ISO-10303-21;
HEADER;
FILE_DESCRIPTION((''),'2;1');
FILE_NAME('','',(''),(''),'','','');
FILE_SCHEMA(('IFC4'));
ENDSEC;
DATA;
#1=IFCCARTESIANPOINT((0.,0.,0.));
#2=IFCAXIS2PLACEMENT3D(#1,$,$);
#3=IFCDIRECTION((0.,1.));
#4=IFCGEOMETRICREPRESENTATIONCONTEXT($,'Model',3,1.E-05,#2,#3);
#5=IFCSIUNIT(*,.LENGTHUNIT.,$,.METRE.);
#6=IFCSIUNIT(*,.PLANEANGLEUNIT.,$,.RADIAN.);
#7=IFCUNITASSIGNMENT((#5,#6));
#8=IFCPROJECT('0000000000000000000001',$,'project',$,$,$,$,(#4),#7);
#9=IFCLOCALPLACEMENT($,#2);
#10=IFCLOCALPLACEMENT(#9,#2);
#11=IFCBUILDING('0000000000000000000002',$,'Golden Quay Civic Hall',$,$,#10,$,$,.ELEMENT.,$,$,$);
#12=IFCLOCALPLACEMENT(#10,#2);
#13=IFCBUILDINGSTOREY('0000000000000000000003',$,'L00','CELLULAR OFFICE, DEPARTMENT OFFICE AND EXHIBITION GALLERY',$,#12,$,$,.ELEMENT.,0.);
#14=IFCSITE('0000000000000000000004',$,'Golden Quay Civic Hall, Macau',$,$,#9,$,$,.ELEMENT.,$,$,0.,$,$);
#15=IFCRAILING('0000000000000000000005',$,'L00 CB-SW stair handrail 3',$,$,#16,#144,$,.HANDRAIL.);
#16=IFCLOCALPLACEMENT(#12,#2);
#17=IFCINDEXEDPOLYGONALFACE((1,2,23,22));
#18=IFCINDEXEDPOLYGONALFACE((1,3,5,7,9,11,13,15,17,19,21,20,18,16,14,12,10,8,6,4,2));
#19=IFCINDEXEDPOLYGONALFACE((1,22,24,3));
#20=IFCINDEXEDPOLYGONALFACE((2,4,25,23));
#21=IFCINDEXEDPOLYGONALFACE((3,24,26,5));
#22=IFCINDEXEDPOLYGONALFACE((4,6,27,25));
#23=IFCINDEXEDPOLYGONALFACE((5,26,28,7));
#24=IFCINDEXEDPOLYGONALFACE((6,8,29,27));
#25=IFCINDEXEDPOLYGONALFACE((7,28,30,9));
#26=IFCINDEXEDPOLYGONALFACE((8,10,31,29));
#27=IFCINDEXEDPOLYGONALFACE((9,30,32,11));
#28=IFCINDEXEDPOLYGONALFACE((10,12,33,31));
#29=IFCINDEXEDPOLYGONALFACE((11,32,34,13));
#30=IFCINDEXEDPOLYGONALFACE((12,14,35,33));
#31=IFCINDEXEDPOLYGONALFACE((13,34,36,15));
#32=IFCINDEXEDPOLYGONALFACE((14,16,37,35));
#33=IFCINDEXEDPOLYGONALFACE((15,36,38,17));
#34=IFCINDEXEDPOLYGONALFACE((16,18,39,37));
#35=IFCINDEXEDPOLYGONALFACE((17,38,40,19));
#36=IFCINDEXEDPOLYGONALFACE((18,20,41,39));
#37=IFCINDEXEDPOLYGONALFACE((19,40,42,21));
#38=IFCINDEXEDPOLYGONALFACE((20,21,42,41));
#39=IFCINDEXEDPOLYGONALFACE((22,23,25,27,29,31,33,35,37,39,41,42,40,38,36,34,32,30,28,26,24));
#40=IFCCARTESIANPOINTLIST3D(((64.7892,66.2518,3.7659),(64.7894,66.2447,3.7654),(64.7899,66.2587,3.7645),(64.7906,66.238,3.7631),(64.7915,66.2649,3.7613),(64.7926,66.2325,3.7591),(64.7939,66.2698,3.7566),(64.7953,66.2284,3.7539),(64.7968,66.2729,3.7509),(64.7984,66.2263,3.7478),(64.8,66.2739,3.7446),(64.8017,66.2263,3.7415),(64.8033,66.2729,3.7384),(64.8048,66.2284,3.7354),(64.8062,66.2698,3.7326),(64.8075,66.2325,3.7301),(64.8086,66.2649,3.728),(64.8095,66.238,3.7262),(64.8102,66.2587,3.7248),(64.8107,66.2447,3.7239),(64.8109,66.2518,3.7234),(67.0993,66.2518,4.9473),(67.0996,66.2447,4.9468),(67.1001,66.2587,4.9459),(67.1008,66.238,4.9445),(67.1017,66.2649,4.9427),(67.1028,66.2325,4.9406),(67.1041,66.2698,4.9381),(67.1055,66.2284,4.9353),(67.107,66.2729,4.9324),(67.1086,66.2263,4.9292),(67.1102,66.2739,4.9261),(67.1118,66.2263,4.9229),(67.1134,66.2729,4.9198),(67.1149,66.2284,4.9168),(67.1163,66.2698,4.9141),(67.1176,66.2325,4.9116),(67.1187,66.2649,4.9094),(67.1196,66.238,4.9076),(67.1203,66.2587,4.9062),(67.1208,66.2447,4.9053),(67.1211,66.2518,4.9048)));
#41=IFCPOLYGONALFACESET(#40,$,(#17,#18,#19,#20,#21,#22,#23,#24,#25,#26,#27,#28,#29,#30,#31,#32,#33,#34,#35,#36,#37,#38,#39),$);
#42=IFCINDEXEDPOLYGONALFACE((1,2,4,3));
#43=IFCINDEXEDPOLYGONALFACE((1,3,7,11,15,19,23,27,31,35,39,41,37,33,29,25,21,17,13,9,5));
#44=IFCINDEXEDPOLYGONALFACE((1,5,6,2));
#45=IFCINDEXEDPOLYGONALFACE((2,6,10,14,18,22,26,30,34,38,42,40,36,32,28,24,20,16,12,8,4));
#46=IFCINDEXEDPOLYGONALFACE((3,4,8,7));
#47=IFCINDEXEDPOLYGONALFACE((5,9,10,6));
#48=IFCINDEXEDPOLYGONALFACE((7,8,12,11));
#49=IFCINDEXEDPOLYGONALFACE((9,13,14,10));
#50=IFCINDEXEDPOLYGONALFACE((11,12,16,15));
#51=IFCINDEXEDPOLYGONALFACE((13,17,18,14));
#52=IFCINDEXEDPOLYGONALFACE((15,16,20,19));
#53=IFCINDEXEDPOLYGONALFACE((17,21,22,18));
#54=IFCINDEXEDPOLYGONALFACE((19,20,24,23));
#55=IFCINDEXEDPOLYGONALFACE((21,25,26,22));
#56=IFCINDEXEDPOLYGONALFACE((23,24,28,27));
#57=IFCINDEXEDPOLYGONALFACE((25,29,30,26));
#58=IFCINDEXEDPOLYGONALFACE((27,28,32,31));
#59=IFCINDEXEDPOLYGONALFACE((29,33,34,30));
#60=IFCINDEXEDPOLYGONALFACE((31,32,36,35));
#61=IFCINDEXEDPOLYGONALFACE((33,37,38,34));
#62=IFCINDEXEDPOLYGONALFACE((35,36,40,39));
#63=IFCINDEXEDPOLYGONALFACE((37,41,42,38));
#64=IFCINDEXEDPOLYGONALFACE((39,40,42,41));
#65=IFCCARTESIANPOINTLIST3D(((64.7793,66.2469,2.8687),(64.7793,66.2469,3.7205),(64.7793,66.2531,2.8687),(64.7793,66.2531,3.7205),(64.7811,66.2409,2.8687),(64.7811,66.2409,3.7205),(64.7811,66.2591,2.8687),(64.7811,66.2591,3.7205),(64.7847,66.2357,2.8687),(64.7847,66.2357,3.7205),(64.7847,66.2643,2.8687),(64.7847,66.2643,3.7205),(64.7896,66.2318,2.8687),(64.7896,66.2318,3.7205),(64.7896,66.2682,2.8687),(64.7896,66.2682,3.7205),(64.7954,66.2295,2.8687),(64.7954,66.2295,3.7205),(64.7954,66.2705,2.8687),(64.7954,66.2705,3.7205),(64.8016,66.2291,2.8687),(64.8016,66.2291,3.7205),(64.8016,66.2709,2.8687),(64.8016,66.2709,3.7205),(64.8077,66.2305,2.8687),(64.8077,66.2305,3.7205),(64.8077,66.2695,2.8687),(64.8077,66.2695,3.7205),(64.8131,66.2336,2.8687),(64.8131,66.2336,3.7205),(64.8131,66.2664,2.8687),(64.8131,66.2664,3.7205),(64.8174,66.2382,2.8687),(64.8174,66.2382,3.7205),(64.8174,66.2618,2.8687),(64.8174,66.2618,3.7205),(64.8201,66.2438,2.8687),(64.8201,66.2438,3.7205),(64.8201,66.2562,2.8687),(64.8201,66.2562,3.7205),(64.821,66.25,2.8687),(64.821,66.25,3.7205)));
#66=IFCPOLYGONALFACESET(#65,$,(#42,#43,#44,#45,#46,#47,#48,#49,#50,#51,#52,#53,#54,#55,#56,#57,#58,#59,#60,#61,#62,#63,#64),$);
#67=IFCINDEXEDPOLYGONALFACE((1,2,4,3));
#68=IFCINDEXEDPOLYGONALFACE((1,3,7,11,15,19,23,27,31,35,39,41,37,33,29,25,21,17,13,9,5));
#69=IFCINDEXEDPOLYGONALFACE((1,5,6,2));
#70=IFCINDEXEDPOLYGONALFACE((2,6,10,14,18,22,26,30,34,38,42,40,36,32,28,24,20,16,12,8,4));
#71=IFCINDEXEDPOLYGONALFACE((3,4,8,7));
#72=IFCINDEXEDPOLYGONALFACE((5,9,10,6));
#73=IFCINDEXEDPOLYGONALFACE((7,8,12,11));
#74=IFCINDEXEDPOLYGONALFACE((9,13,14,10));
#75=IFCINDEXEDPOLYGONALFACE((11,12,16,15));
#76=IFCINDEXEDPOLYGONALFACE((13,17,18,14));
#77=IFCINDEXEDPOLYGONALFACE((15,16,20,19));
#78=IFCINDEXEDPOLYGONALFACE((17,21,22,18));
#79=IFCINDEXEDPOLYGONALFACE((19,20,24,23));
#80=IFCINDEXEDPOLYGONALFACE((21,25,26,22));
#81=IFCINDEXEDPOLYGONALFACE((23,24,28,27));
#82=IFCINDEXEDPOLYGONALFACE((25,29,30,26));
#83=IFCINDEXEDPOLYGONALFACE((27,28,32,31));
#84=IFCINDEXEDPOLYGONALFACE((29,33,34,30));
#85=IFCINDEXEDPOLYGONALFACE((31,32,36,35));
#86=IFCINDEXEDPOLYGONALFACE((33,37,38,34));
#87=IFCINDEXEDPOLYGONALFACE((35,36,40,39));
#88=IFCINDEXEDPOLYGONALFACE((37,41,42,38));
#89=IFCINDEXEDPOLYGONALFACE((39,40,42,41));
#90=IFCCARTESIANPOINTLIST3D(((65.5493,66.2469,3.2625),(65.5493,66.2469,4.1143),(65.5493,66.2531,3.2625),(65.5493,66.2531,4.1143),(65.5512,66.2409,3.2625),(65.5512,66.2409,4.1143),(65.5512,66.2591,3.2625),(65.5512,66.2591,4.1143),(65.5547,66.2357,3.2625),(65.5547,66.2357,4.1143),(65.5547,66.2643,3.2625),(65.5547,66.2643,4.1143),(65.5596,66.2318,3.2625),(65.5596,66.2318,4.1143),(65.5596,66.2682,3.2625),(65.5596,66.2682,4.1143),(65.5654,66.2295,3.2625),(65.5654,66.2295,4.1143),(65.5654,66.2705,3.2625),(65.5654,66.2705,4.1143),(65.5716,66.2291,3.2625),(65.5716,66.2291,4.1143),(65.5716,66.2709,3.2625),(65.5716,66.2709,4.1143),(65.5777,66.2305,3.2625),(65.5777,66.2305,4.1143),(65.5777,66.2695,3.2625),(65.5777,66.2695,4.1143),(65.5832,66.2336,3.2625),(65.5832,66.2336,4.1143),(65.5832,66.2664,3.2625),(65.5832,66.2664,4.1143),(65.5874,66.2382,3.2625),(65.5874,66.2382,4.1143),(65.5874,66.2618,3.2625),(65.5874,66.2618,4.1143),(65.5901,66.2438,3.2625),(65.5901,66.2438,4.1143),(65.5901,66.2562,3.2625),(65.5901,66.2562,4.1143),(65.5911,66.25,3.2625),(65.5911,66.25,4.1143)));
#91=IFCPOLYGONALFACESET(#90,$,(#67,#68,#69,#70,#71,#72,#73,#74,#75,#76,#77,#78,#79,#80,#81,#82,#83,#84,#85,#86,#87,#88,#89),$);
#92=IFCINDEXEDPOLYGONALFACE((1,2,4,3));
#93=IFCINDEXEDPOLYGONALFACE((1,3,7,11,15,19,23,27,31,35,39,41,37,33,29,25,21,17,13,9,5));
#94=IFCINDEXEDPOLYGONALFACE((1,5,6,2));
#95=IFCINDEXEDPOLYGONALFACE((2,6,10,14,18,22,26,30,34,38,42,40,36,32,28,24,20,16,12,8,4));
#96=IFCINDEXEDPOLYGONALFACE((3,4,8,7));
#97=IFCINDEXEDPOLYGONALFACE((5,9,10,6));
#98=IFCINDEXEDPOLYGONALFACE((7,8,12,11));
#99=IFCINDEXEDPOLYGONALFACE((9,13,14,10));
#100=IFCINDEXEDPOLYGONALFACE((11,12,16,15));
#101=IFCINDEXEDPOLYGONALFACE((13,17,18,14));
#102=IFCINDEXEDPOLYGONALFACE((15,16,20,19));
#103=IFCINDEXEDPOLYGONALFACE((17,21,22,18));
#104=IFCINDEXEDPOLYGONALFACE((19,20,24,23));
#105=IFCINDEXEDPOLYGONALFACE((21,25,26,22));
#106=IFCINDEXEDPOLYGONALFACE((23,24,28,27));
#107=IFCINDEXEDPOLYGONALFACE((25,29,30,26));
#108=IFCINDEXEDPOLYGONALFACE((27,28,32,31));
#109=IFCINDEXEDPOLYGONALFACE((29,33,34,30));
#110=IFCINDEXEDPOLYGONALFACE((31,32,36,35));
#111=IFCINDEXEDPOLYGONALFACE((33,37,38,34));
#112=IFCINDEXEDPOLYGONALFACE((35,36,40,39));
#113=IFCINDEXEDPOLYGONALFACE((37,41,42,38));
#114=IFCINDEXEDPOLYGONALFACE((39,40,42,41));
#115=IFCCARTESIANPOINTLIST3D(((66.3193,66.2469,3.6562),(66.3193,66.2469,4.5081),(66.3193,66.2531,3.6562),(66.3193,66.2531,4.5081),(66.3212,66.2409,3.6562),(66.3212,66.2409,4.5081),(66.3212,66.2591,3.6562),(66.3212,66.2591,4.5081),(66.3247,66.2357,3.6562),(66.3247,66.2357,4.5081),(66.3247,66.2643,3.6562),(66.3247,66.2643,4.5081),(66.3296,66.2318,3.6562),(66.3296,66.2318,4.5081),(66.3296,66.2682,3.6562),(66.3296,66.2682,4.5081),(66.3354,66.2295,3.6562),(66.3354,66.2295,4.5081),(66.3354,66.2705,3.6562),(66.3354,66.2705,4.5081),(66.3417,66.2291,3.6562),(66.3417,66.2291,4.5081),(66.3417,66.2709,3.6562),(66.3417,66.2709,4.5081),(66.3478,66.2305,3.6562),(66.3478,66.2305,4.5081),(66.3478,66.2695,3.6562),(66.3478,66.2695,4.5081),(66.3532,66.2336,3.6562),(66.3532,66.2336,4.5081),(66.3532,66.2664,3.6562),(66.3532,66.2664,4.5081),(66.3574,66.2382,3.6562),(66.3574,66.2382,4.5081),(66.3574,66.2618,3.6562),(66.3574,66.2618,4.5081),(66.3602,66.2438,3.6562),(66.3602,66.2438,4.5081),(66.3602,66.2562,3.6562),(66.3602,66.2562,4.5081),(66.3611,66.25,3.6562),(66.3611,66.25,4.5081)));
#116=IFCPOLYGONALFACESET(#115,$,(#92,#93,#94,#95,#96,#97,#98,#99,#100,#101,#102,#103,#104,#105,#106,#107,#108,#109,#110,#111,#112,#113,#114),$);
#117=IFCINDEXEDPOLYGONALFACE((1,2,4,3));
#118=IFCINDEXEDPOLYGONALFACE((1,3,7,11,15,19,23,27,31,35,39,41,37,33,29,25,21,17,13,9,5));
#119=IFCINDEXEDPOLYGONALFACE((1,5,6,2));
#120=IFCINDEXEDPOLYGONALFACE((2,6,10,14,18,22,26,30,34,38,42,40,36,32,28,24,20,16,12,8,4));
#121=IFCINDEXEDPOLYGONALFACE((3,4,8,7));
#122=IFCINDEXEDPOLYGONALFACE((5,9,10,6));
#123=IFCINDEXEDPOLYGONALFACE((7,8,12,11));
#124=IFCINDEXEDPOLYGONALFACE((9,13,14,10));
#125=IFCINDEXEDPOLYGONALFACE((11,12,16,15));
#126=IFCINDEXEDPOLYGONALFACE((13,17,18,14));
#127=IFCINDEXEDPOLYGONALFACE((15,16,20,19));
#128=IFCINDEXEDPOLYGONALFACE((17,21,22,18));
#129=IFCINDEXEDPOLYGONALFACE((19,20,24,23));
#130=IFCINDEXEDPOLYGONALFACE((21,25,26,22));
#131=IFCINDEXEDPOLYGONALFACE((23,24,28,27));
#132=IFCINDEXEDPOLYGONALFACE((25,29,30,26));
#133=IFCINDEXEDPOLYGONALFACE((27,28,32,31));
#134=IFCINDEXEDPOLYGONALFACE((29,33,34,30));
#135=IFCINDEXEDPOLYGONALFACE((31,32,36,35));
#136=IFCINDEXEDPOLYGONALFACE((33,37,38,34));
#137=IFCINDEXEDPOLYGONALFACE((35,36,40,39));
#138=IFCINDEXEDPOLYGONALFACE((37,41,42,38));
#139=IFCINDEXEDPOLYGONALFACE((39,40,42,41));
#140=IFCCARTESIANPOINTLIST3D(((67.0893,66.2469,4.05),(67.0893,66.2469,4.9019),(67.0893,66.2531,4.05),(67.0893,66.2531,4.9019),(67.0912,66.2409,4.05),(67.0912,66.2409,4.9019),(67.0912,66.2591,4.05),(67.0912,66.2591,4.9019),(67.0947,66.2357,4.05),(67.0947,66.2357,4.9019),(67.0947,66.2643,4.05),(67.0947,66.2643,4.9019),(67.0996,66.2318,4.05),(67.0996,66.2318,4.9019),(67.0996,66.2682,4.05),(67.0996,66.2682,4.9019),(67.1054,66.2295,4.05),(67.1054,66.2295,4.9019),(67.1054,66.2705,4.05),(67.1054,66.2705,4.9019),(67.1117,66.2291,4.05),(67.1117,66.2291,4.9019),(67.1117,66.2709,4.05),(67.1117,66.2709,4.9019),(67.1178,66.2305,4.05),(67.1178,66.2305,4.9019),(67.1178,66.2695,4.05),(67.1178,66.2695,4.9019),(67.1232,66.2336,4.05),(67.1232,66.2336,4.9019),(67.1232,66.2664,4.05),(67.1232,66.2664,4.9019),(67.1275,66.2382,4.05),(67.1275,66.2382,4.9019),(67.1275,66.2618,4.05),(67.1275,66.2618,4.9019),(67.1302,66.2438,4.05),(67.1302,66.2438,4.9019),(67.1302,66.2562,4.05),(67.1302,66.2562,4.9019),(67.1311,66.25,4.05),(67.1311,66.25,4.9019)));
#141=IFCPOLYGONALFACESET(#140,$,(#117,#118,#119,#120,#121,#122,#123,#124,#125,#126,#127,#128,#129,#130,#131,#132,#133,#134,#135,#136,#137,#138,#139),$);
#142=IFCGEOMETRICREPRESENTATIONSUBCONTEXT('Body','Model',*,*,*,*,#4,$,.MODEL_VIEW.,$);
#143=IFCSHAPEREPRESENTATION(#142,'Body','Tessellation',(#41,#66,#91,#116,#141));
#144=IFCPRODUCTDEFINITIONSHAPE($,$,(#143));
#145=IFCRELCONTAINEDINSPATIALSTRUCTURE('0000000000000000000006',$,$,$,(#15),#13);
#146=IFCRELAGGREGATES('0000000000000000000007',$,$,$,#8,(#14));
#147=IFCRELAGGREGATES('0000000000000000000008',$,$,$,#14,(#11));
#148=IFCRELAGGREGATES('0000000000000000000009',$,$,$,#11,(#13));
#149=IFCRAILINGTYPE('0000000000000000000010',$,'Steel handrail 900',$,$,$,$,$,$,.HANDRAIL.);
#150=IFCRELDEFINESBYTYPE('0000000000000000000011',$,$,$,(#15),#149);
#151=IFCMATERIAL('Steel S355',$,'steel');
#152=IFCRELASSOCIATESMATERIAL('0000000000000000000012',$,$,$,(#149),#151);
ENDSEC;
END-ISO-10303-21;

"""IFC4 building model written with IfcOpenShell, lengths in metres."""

from ifc_helpers import new_model, si_unit, direction, frame, origin, origin_2d, place, context, subcontext, project, spatial, circle, extrude, material, type_object, element, save


model = new_model("IFC4")

# Units and contexts
model_context = context("Model", 3, precision=1e-05, world=origin(), true_north=direction((0.0, 1.0)))
body_context = subcontext(model_context, "Body", "Model", "MODEL_VIEW")
ifc_project = project(units=[si_unit("LENGTHUNIT", "METRE"), si_unit("PLANEANGLEUNIT", "RADIAN")], contexts=[model_context])

# Site, building, storey
site_placement = place(None, origin())
site = spatial("IfcSite", under=ifc_project, at=site_placement, Name="Golden Quay Civic Hall, Macau", CompositionType="ELEMENT", RefElevation=0.0)
building_placement = place(site_placement, origin())
building = spatial("IfcBuilding", under=site, at=building_placement, Name="Golden Quay Civic Hall", CompositionType="ELEMENT")
storey_placement = place(building_placement, origin())
storey = spatial("IfcBuildingStorey", under=building, at=storey_placement, Name="L00", Description="CELLULAR OFFICE, DEPARTMENT OFFICE AND EXHIBITION GALLERY", CompositionType="ELEMENT", Elevation=0.0)

# Railing
ifc_material_1 = material(Name="Steel S355", Category="steel")
railing_type_1 = type_object("IfcRailingType", Name="Steel handrail 900", PredefinedType="HANDRAIL", material=ifc_material_1)
for number, where, name in (
    (1, (64.8, 66.25, 2.8687), "L00 CB-SW stair handrail 3"),
):
    element("IfcRailing", number, at=place(storey_placement, frame(where)), inside=storey, type_object=railing_type_1, Name=name, PredefinedType="HANDRAIL", context=body_context, shape_type="SweptSolid", body=[
        extrude(circle(Radius=0.0239, at=origin_2d()), frame((0.0, 0.0, 0.876), z_axis=(0.890325, 0.0, 0.455325), x_axis=(0.0, 1.0, 0.0)), (0.0, 0.0, 1.0), 2.5947),
        extrude(circle(Radius=0.021, at=origin_2d()), origin(), (0.0, 0.0, 1.0), 0.8518),
        extrude(circle(Radius=0.021, at=origin_2d()), frame((0.77, 0.0, 0.3938)), (0.0, 0.0, 1.0), 0.8518),
        extrude(circle(Radius=0.021, at=origin_2d()), frame((1.54, 0.0, 0.7876)), (0.0, 0.0, 1.0), 0.8518),
        extrude(circle(Radius=0.021, at=origin_2d()), frame((2.3101, 0.0, 1.1814)), (0.0, 0.0, 1.0), 0.8518),
    ])

save(model, "model.ifc")
